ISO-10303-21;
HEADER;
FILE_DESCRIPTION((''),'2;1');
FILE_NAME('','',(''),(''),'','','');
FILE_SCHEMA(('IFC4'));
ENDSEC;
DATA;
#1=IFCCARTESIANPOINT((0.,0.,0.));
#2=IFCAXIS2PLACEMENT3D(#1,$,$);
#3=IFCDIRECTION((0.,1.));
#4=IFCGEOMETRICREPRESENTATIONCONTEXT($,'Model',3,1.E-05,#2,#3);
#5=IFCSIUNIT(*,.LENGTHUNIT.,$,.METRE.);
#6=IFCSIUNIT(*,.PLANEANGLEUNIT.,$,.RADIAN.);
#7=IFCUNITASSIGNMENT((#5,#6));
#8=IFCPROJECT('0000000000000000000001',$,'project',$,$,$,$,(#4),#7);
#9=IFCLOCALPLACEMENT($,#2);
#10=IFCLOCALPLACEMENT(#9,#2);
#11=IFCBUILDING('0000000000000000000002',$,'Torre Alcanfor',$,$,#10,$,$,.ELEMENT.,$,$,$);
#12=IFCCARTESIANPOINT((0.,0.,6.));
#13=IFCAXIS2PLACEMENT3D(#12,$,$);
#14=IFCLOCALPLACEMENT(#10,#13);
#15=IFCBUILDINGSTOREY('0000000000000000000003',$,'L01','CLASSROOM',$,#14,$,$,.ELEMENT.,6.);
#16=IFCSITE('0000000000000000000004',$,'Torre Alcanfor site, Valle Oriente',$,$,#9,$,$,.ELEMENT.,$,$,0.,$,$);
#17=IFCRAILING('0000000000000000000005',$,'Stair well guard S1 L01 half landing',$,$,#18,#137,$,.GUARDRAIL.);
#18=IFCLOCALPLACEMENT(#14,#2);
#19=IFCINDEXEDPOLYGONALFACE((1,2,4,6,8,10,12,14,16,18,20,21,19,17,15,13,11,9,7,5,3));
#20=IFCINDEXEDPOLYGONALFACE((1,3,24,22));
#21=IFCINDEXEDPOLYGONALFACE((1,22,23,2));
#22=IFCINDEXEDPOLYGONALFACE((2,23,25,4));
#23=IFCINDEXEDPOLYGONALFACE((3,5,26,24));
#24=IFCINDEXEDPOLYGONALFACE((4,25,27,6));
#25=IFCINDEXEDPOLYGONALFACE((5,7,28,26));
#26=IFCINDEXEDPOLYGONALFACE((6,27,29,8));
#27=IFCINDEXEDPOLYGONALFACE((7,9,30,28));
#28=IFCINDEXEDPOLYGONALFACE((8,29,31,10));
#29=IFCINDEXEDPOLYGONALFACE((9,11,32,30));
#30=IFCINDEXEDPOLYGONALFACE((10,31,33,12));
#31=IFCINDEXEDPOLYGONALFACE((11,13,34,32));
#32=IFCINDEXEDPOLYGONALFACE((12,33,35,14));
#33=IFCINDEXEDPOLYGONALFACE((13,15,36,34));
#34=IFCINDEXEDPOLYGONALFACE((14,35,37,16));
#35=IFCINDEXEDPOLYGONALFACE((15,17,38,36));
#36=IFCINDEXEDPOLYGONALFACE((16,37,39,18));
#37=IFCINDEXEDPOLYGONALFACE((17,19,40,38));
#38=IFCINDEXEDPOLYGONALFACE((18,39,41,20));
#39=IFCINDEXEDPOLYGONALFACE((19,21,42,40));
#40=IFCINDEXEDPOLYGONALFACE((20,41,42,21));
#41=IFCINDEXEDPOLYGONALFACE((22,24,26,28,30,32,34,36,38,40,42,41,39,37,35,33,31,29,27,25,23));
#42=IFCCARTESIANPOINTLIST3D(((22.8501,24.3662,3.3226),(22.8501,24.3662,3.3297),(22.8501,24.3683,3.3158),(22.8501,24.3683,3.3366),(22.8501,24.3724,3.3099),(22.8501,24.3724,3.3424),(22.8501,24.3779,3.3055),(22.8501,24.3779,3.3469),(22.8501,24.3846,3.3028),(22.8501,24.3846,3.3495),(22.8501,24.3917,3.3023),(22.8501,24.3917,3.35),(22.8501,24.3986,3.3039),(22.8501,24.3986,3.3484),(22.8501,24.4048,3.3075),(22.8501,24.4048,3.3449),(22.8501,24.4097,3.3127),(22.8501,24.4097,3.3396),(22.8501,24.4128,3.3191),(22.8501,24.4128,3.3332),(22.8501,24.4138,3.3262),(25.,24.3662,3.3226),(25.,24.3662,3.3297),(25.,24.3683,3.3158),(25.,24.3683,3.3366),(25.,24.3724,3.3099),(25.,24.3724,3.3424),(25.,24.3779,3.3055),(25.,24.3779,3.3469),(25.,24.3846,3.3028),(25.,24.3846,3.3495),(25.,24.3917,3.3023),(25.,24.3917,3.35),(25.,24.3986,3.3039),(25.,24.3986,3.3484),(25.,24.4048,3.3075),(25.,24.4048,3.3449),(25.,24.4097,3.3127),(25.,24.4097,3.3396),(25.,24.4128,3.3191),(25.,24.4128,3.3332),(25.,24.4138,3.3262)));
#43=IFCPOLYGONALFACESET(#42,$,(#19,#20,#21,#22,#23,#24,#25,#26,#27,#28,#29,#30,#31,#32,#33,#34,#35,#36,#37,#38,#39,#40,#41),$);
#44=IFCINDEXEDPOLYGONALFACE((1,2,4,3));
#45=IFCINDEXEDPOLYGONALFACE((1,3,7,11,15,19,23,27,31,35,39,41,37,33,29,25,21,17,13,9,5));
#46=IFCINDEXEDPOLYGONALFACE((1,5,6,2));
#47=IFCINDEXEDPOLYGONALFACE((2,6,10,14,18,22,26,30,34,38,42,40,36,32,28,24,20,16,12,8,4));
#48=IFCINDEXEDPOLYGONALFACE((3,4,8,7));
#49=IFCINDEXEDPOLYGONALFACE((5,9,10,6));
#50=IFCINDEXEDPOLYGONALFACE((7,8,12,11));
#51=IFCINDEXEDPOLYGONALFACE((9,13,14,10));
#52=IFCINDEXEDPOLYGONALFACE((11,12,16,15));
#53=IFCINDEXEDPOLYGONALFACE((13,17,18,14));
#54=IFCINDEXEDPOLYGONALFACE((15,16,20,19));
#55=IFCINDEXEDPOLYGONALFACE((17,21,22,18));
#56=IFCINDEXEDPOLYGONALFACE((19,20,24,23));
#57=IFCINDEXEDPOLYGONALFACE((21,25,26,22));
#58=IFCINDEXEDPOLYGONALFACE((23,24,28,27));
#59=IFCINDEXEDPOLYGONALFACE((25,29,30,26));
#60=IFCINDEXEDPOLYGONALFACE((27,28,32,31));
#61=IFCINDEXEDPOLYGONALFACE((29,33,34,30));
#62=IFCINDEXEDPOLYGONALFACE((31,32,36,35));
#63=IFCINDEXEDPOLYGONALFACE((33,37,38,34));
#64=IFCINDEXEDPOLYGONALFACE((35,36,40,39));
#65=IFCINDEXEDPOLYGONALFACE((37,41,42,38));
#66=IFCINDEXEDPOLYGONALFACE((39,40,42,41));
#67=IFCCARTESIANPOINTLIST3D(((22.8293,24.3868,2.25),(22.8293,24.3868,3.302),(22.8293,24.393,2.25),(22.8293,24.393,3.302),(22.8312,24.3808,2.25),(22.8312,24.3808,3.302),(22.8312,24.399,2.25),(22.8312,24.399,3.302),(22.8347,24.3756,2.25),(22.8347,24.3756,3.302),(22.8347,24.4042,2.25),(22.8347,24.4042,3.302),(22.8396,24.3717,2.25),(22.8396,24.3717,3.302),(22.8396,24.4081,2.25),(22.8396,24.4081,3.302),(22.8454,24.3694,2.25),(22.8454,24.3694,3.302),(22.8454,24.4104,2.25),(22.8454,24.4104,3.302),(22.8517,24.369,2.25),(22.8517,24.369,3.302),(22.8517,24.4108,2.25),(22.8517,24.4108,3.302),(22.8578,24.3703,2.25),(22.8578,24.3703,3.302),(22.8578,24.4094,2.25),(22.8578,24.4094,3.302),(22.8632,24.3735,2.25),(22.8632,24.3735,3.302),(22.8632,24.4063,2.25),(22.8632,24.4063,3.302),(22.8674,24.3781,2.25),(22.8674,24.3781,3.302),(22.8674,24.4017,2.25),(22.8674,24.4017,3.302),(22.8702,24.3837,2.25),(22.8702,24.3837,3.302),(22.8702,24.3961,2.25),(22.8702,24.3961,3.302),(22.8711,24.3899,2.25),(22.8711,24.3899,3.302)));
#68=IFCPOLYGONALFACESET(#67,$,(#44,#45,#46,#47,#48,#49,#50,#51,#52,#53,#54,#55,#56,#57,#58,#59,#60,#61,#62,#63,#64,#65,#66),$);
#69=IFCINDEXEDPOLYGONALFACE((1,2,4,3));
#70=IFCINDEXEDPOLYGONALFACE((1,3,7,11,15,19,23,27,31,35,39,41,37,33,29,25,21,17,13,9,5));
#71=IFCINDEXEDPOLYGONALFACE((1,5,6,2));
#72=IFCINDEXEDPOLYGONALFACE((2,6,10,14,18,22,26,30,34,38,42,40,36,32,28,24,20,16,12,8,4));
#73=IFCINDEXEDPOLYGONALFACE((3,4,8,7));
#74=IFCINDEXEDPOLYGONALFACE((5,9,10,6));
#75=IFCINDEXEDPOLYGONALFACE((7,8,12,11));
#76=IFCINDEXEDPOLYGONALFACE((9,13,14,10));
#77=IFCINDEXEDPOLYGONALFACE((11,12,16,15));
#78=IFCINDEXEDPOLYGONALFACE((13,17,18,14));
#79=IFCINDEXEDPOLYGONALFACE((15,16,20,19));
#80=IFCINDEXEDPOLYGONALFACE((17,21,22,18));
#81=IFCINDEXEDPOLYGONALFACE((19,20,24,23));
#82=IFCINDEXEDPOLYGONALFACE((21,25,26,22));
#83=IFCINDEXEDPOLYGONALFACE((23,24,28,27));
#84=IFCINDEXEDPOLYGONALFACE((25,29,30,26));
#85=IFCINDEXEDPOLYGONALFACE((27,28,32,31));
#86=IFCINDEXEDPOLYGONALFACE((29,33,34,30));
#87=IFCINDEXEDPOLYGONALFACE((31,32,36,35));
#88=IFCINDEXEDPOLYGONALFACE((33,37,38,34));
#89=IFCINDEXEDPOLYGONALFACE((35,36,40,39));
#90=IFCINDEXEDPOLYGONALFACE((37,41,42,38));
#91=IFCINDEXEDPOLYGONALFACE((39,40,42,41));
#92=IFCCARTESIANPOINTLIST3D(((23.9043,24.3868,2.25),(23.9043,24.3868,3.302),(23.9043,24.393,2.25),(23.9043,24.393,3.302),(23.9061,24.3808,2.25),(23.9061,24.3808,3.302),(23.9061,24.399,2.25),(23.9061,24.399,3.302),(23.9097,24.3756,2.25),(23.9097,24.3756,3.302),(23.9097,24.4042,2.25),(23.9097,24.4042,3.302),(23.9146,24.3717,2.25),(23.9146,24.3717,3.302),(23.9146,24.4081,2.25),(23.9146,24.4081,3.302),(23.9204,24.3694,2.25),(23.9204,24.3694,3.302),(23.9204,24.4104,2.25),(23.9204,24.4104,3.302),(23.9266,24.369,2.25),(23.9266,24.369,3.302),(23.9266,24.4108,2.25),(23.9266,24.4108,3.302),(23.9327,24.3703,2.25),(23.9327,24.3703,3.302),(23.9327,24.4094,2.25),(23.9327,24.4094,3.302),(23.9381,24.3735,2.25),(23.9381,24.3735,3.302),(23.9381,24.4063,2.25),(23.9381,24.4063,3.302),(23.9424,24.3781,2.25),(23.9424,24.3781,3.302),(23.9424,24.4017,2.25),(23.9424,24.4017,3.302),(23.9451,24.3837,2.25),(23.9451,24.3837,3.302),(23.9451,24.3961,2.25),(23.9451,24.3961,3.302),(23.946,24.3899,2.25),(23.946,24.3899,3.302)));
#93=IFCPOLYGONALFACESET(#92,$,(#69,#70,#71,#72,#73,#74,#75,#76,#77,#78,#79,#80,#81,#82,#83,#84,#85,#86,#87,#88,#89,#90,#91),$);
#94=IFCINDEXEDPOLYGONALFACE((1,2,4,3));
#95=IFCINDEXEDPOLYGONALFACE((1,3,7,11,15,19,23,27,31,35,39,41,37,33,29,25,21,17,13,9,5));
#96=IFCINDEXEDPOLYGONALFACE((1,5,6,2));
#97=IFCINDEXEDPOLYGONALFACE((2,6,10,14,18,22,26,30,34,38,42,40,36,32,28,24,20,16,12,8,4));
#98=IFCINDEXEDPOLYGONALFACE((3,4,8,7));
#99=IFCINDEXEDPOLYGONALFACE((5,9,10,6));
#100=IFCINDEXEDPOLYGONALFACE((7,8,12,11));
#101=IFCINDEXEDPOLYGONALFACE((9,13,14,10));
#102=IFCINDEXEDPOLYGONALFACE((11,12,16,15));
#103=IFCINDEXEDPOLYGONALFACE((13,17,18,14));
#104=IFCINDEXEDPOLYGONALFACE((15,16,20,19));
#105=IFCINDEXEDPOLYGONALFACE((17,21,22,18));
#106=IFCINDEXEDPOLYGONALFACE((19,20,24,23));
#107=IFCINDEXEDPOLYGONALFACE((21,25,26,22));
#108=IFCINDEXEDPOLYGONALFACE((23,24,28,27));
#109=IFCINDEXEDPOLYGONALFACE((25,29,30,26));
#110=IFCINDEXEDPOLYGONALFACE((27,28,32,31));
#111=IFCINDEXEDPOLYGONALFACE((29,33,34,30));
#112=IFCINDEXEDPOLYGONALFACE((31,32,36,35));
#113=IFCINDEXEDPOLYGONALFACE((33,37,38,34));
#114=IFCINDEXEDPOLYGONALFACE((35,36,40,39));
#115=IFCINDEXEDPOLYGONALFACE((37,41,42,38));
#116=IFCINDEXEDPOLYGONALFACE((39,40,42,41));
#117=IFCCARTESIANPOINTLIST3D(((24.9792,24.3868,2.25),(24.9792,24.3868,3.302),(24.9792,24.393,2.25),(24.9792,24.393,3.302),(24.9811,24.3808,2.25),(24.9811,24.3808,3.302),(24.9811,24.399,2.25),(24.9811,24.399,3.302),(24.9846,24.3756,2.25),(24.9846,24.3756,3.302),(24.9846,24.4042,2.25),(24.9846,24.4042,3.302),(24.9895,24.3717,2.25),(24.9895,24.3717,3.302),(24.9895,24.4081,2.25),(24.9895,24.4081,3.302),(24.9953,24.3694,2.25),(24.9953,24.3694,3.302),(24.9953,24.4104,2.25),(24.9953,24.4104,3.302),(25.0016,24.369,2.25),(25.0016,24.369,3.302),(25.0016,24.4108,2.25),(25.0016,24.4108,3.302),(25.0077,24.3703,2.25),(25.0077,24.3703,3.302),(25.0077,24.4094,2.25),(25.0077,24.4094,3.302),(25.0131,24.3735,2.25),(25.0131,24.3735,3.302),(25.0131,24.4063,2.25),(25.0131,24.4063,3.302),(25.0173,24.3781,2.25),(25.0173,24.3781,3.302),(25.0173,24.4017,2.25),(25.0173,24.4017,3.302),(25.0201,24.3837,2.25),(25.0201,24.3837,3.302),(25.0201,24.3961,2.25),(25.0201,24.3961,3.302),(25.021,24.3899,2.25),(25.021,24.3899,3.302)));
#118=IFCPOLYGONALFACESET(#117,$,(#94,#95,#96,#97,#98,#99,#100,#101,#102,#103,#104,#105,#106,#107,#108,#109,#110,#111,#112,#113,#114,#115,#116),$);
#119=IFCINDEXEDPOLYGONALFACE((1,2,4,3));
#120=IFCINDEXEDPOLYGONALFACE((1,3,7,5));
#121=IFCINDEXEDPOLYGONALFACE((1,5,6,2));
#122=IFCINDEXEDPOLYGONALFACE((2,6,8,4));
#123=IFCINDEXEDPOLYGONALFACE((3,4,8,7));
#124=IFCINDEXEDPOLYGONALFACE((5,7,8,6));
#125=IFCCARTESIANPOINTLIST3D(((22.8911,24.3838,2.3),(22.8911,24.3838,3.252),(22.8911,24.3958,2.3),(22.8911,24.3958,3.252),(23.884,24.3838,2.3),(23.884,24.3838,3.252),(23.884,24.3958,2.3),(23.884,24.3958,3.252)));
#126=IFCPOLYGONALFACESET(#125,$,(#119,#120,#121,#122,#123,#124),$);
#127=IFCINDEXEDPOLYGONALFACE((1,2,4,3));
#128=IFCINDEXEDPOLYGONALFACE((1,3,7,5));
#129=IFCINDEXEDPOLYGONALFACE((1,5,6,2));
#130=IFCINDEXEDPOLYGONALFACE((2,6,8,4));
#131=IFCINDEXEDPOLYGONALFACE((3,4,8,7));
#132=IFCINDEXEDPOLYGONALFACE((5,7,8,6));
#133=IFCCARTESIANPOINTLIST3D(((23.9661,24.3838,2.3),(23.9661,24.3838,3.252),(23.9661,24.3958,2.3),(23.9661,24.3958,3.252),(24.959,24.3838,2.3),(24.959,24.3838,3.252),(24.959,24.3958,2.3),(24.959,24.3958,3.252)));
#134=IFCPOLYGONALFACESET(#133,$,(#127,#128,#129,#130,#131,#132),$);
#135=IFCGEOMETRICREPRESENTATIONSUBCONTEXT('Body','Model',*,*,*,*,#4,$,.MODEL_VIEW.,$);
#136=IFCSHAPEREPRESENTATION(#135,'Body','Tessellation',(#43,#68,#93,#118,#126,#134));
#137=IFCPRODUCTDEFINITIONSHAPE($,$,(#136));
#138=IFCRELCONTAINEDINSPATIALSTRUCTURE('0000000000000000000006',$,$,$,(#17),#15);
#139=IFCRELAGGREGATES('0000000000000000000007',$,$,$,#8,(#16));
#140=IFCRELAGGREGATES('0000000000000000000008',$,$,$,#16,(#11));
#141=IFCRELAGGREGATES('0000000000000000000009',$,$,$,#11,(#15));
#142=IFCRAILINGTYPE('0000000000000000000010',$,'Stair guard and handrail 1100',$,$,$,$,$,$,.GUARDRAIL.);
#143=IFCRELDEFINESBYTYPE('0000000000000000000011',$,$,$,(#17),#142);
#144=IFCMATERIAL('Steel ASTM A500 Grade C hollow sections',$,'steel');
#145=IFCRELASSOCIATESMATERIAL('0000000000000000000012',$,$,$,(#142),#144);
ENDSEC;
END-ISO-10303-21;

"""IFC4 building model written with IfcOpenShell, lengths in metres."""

from ifc_helpers import new_model, si_unit, direction, frame, origin, origin_2d, place, context, subcontext, project, spatial, polyline, circle, outline, extrude, material, type_object, element, save


model = new_model("IFC4")

# Units and contexts
model_context = context("Model", 3, precision=1e-05, world=origin(), true_north=direction((0.0, 1.0)))
body_context = subcontext(model_context, "Body", "Model", "MODEL_VIEW")
ifc_project = project(units=[si_unit("LENGTHUNIT", "METRE"), si_unit("PLANEANGLEUNIT", "RADIAN")], contexts=[model_context])

# Site, building, storey
site_placement = place(None, origin())
site = spatial("IfcSite", under=ifc_project, at=site_placement, Name="Torre Alcanfor site, Valle Oriente", CompositionType="ELEMENT", RefElevation=0.0)
building_placement = place(site_placement, origin())
building = spatial("IfcBuilding", under=site, at=building_placement, Name="Torre Alcanfor", CompositionType="ELEMENT")
storey_placement = place(building_placement, frame((0.0, 0.0, 6.0)))
storey = spatial("IfcBuildingStorey", under=building, at=storey_placement, Name="L01", Description="CLASSROOM", CompositionType="ELEMENT", Elevation=6.0)

# Railing
ifc_material_1 = material(Name="Steel ASTM A500 Grade C hollow sections", Category="steel")
railing_type_1 = type_object("IfcRailingType", Name="Stair guard and handrail 1100", PredefinedType="GUARDRAIL", material=ifc_material_1)
for number, where, name in (
    (1, (22.8501, 24.3899, 2.25), "Stair well guard S1 L01 half landing"),
):
    element("IfcRailing", number, at=place(storey_placement, frame(where)), inside=storey, type_object=railing_type_1, Name=name, PredefinedType="GUARDRAIL", context=body_context, shape_type="SweptSolid", body=[
        extrude(circle(Radius=0.0239, at=origin_2d()), frame((0.0, 0.0, 1.0762), z_axis=(1.0, 0.0, 0.0), x_axis=(0.0, 1.0, 0.0)), (0.0, 0.0, 1.0), 2.1499),
        extrude(circle(Radius=0.021, at=origin_2d()), origin(), (0.0, 0.0, 1.0), 1.052),
        extrude(circle(Radius=0.021, at=origin_2d()), frame((1.075, 0.0, 0.0)), (0.0, 0.0, 1.0), 1.052),
        extrude(circle(Radius=0.021, at=origin_2d()), frame((2.1499, 0.0, 0.0)), (0.0, 0.0, 1.0), 1.052),
        extrude(outline(polyline([(0.041, 0.05), (1.0339, 0.05), (1.0339, 1.002), (0.041, 1.002), (0.041, 0.05)])), frame((0.0, 0.0059, 0.0), z_axis=(0.0, -1.0, 0.0), x_axis=(1.0, 0.0, 0.0)), (0.0, 0.0, 1.0), 0.012),
        extrude(outline(polyline([(1.116, 0.05), (2.1089, 0.05), (2.1089, 1.002), (1.116, 1.002), (1.116, 0.05)])), frame((0.0, 0.0059, 0.0), z_axis=(0.0, -1.0, 0.0), x_axis=(1.0, 0.0, 0.0)), (0.0, 0.0, 1.0), 0.012),
    ])

save(model, "model.ifc")
